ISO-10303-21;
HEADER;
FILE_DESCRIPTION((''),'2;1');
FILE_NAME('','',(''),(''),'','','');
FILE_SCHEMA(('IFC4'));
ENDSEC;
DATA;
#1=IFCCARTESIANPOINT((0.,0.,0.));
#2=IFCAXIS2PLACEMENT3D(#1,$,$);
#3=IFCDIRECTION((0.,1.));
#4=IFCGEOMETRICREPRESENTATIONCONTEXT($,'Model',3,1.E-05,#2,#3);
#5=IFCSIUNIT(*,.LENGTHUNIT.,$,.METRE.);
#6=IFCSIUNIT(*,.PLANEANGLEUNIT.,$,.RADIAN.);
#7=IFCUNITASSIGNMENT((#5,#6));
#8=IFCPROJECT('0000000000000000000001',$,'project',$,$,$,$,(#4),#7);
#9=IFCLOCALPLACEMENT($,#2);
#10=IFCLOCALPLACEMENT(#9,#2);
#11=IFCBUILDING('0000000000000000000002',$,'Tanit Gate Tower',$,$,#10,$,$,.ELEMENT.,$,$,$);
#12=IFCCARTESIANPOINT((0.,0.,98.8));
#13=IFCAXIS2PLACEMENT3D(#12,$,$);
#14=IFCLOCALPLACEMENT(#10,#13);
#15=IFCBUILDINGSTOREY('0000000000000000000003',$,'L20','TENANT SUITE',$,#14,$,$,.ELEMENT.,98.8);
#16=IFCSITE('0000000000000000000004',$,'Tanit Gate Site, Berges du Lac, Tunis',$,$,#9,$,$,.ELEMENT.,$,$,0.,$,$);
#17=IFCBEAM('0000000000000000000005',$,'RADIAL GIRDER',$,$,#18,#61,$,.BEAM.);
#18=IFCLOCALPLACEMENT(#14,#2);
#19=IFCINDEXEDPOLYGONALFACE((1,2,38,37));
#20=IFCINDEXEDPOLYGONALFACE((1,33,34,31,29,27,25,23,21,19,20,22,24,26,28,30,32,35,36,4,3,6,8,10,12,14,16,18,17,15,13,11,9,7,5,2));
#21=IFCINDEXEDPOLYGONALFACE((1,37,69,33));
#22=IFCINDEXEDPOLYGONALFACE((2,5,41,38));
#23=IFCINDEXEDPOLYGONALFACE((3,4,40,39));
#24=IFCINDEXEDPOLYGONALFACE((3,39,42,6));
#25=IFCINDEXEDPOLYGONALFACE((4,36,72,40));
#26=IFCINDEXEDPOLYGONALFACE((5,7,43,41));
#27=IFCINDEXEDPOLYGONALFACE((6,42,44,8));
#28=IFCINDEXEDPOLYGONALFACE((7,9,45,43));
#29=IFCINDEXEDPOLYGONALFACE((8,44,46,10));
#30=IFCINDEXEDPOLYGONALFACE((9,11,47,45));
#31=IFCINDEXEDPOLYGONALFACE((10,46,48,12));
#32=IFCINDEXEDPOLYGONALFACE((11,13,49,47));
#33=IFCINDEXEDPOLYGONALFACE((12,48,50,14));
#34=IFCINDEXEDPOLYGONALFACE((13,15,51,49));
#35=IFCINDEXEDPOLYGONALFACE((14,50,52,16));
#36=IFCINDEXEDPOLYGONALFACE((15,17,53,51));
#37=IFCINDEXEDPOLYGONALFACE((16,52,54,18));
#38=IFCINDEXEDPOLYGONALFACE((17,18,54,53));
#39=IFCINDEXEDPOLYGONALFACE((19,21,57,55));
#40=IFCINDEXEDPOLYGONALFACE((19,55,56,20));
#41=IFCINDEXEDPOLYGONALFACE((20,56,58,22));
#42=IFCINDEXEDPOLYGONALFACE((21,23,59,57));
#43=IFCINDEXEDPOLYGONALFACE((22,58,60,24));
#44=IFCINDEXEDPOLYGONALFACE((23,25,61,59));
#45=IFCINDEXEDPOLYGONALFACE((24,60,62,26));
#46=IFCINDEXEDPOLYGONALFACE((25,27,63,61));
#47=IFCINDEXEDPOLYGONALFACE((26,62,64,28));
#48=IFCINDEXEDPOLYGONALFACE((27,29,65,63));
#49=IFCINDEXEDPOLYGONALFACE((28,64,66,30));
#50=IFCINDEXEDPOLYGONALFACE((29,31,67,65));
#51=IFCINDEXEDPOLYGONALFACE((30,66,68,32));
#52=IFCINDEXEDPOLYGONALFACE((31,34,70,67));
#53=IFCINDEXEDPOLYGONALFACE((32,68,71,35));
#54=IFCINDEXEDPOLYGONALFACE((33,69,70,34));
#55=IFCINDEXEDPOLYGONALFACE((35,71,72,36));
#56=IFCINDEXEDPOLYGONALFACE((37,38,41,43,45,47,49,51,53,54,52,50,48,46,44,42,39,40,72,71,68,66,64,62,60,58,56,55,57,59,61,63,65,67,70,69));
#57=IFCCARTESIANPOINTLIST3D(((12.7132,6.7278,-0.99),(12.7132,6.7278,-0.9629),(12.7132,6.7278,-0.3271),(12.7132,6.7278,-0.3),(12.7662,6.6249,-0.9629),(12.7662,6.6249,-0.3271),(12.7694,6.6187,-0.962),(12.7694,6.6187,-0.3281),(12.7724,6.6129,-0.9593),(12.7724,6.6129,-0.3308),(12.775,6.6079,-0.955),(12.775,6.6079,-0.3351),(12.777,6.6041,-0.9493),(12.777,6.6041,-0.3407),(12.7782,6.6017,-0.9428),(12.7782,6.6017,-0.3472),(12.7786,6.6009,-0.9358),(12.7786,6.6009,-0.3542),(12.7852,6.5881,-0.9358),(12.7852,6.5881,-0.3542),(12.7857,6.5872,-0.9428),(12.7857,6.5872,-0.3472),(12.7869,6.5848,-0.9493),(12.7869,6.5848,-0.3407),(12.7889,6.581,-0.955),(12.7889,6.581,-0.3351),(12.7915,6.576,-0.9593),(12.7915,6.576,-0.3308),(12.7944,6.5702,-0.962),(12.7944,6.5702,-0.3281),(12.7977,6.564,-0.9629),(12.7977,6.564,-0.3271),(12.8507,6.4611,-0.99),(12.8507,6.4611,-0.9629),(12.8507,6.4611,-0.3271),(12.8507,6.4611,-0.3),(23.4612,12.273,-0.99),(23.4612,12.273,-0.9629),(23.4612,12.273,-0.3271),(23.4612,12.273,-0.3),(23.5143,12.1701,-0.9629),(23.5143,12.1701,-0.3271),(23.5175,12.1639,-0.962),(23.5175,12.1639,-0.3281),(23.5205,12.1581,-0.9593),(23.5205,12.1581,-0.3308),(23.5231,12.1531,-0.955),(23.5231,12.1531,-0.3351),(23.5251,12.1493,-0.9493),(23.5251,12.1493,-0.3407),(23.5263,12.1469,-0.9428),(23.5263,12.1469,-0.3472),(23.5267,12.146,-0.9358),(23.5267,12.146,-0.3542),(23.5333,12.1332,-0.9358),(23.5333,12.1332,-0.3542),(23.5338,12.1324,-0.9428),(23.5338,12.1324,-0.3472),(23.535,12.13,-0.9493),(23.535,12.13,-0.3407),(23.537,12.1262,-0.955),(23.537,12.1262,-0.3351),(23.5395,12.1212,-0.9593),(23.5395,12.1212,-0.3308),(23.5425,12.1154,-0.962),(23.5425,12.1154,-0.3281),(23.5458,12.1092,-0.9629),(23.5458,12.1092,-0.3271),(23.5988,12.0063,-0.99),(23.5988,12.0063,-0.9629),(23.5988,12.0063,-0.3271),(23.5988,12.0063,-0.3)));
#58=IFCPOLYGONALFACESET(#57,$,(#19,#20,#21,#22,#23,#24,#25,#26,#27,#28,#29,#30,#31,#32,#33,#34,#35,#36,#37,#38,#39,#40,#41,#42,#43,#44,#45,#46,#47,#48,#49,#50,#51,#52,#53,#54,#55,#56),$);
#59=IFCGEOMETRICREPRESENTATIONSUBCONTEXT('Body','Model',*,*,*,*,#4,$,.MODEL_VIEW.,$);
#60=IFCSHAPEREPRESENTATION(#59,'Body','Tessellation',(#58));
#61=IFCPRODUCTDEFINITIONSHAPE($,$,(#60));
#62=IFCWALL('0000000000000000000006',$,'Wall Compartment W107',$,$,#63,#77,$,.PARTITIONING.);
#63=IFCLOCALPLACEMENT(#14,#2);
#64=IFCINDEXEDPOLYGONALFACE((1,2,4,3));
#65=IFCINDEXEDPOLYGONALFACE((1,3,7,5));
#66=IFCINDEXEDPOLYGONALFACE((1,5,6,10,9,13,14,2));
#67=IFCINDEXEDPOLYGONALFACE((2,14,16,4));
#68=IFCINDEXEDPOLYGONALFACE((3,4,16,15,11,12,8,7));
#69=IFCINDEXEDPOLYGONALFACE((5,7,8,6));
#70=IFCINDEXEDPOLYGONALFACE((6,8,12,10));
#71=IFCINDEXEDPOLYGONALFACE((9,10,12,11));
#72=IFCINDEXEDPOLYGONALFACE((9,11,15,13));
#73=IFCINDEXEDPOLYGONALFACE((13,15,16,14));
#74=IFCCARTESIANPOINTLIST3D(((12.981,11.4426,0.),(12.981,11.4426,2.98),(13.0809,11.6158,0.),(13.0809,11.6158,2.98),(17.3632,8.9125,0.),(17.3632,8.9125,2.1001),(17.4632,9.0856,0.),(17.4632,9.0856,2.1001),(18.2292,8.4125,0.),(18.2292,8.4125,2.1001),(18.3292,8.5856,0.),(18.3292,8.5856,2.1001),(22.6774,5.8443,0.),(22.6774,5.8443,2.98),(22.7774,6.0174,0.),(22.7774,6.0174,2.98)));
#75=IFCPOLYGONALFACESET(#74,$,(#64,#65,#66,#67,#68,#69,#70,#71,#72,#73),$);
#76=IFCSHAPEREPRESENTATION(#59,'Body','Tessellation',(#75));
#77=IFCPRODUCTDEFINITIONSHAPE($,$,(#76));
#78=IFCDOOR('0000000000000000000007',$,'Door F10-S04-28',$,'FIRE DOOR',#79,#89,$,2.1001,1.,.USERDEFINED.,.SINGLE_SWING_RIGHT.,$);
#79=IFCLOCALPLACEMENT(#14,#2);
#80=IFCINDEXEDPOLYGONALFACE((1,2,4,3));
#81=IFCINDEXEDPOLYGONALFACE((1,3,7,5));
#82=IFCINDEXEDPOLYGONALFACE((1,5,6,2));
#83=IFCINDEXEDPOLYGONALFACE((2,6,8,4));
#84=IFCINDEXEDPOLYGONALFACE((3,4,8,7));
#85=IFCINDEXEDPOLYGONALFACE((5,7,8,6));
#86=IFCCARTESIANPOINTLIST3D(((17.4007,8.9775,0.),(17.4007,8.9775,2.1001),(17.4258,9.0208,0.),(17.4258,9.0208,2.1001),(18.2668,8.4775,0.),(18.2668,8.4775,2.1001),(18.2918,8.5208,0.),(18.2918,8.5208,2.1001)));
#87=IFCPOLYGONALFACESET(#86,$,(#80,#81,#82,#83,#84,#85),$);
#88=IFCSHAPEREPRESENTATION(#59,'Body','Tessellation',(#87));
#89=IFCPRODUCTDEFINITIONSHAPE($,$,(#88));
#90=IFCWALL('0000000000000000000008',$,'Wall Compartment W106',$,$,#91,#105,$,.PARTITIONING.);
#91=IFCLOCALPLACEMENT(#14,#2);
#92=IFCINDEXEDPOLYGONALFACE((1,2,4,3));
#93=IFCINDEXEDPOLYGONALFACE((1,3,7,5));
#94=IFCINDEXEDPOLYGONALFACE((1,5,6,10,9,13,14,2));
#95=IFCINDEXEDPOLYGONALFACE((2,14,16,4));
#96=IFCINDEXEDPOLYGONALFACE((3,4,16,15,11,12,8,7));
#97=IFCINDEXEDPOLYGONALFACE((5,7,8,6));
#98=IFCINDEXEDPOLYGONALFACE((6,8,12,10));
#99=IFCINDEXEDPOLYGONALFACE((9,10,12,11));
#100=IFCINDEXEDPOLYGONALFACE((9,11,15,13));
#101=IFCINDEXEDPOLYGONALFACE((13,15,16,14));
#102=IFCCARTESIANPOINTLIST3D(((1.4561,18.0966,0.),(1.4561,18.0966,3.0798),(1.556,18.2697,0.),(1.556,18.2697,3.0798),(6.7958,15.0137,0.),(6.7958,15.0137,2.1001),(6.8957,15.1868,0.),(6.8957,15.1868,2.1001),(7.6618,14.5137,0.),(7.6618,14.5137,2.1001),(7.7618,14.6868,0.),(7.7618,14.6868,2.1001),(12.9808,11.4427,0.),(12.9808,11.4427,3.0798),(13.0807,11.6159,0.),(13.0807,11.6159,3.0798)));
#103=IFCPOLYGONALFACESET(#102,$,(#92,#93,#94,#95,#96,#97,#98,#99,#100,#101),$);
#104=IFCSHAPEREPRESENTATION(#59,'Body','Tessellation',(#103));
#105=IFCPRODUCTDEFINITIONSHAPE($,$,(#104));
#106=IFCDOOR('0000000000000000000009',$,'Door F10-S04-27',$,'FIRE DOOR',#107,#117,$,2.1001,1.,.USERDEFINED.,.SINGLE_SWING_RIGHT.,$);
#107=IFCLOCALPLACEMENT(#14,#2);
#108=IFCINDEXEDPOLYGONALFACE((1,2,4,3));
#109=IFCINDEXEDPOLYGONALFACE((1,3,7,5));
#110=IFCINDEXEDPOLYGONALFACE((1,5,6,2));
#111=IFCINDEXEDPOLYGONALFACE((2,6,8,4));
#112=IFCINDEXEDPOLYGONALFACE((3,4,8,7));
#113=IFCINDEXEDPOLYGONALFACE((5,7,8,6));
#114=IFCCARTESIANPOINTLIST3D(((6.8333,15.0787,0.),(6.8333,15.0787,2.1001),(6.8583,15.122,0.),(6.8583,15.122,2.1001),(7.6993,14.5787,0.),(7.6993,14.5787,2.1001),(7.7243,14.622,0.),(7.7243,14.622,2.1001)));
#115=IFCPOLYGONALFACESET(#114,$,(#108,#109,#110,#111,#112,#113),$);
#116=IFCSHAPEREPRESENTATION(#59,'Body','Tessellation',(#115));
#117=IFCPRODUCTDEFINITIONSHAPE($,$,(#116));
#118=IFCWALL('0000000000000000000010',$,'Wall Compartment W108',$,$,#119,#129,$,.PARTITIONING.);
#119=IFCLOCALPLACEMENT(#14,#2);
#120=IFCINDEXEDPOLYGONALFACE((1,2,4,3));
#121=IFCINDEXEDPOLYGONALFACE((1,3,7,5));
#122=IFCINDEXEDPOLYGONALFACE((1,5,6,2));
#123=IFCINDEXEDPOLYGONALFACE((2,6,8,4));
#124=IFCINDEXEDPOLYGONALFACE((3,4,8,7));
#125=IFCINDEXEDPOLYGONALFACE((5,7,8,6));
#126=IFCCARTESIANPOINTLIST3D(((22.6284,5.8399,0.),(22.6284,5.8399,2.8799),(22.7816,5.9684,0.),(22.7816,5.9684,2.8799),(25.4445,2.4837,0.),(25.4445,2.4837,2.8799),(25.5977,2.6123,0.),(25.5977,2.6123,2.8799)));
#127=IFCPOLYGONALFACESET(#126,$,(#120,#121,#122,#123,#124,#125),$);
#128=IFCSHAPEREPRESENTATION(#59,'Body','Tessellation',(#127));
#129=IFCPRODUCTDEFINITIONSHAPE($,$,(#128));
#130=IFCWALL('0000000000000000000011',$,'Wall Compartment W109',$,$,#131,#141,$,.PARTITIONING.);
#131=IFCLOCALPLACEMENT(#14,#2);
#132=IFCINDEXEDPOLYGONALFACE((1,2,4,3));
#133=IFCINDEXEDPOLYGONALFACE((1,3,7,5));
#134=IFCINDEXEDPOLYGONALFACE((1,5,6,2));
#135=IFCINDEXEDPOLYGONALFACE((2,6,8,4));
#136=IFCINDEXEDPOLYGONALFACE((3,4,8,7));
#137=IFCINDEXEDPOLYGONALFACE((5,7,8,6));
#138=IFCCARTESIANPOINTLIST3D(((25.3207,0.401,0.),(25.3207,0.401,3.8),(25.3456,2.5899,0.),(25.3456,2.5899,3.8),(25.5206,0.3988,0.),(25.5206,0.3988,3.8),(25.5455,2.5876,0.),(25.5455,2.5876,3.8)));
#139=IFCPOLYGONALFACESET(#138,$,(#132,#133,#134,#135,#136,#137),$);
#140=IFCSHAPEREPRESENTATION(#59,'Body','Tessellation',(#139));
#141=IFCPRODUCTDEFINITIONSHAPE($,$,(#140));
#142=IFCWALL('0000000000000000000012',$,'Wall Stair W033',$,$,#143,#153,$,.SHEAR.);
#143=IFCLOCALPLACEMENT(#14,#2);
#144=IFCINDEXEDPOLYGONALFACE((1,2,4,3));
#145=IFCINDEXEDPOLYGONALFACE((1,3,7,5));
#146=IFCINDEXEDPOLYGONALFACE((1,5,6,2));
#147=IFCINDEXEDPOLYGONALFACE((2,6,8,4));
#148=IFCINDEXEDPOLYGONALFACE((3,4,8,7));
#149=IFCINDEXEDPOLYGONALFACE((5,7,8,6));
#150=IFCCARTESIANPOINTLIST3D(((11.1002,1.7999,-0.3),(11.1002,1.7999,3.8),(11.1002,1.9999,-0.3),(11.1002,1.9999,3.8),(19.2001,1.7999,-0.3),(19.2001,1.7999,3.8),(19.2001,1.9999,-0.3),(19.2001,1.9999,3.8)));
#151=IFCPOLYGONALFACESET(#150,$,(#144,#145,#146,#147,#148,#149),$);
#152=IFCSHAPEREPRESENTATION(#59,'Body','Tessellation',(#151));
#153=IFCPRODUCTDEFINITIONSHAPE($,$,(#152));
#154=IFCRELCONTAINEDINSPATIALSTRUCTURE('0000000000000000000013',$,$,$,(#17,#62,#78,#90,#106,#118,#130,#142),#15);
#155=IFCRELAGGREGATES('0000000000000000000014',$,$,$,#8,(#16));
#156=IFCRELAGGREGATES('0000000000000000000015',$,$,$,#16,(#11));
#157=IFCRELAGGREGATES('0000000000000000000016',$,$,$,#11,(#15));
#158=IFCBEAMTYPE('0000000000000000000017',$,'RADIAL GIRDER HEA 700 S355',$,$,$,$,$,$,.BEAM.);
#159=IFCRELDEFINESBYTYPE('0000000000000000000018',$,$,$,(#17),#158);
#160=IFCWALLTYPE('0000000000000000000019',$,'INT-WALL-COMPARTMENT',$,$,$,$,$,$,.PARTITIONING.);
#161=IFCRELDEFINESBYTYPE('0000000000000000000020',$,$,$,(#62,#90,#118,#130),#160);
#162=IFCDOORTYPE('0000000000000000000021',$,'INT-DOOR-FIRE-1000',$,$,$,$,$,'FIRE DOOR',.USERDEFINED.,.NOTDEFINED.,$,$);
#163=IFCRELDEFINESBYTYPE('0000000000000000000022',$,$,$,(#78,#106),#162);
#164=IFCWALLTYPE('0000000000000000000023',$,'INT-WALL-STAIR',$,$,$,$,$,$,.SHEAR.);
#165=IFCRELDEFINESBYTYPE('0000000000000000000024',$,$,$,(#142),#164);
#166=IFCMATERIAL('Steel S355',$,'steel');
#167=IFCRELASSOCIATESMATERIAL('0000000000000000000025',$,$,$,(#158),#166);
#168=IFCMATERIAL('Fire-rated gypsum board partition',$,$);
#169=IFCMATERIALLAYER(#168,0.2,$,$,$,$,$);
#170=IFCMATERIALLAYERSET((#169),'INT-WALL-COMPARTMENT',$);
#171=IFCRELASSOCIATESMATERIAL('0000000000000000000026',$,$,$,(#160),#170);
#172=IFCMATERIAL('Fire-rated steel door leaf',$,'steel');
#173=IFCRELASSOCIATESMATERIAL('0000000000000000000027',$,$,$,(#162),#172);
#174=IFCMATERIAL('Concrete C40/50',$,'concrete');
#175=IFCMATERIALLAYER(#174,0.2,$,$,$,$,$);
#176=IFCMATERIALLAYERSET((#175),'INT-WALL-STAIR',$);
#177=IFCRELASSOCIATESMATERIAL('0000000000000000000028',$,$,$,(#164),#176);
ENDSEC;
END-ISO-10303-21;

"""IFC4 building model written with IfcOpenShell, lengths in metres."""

from ifc_helpers import new_model, si_unit, direction, frame, frame_2d, origin, origin_2d, place, context, subcontext, project, spatial, rectangle, i_section, extrude, material, layer, layer_set, material_profile, profile_set, type_object, element, fill, save


model = new_model("IFC4")

# Units and contexts
model_context = context("Model", 3, precision=1e-05, world=origin(), true_north=direction((0.0, 1.0)))
body_context = subcontext(model_context, "Body", "Model", "MODEL_VIEW")
ifc_project = project(units=[si_unit("LENGTHUNIT", "METRE"), si_unit("PLANEANGLEUNIT", "RADIAN")], contexts=[model_context])

# Site, building, storey
site_placement = place(None, origin())
site = spatial("IfcSite", under=ifc_project, at=site_placement, Name="Tanit Gate Site, Berges du Lac, Tunis", CompositionType="ELEMENT", RefElevation=0.0)
building_placement = place(site_placement, origin())
building = spatial("IfcBuilding", under=site, at=building_placement, Name="Tanit Gate Tower", CompositionType="ELEMENT")
storey_placement = place(building_placement, frame((0.0, 0.0, 98.8)))
storey = spatial("IfcBuildingStorey", under=building, at=storey_placement, Name="L20", Description="TENANT SUITE", CompositionType="ELEMENT", Elevation=98.8)

# Beam
ifc_material_1 = material(Name="Steel S355", Category="steel")
ifc_material_profile = material_profile(ifc_material_1, i_section(OverallWidth=0.3, OverallDepth=0.6899, WebThickness=0.0144, FlangeThickness=0.0271, FilletRadius=0.0271, at=origin_2d()), Name="HEA 700")
ifc_profile_set = profile_set([ifc_material_profile], Name="Steel S355")
beam_type = type_object("IfcBeamType", Name="RADIAL GIRDER HEA 700 S355", PredefinedType="BEAM", material=ifc_profile_set)
beam_placement = place(storey_placement, frame((23.53, 12.1396, -0.645), z_axis=(-0.888695, -0.458498, 0.0), x_axis=(0.458498, -0.888695, 0.0)))
element("IfcBeam", 1, at=beam_placement, inside=storey, type_object=beam_type, Name="RADIAL GIRDER", PredefinedType="BEAM", context=body_context, shape_type="SweptSolid", body=[
    extrude(i_section(OverallWidth=0.3, OverallDepth=0.6899, WebThickness=0.0144, FlangeThickness=0.0271, FilletRadius=0.0271, at=origin_2d()), origin(), (0.0, 0.0, 1.0), 12.0942),
])

# Walls, openings, doors
ifc_material_2 = material(Name="Fire-rated gypsum board partition")
ifc_layer_1 = layer(ifc_material_2, 0.2)
ifc_layer_set_1 = layer_set([ifc_layer_1], Name="INT-WALL-COMPARTMENT")
wall_type_1 = type_object("IfcWallType", Name="INT-WALL-COMPARTMENT", PredefinedType="PARTITIONING", material=ifc_layer_set_1)
wall_1_placement = place(storey_placement, frame((22.7273, 5.9309, 0.0), z_axis=(0.0, 0.0, 1.0), x_axis=(-0.866022, 0.500006, 0.0)))
wall_1 = element("IfcWall", 2, at=wall_1_placement, inside=storey, type_object=wall_type_1, Name="Wall Compartment W107", PredefinedType="PARTITIONING", context=body_context, shape_type="SweptSolid", body=[
    extrude(rectangle(XDim=11.1965, YDim=0.2, at=frame_2d((5.5981, 0.0))), origin(), (0.0, 0.0, 1.0), 2.98),
])
opening_1_placement = place(wall_1_placement, frame((5.1362, 0.0, 0.0)))
opening_1 = element("IfcOpeningElement", 3, at=opening_1_placement, cuts=wall_1, PredefinedType="OPENING", context=body_context, shape_type="SweptSolid", body=[
    extrude(rectangle(XDim=1.0, YDim=2.1001, at=frame_2d((0.5, 1.05))), frame((0.0, 0.1099, 0.0), z_axis=(0.0, -1.0, 0.0), x_axis=(1.0, 0.0, 0.0)), (0.0, 0.0, 1.0), 0.22),
])
ifc_material_3 = material(Name="Fire-rated steel door leaf", Category="steel")
door_type_1 = type_object("IfcDoorType", Name="INT-DOOR-FIRE-1000", ElementType="FIRE DOOR", OperationType="NOTDEFINED", PredefinedType="USERDEFINED", material=ifc_material_3)
door_1_placement = place(opening_1_placement, origin())
door_1 = element("IfcDoor", 4, at=door_1_placement, inside=storey, type_object=door_type_1, Name="Door F10-S04-28", ObjectType="FIRE DOOR", OperationType="SINGLE_SWING_RIGHT", OverallHeight=2.1001, OverallWidth=1.0, PredefinedType="USERDEFINED", context=body_context, shape_type="SweptSolid", body=[
    extrude(rectangle(XDim=1.0, YDim=2.1001, at=frame_2d((0.5, 1.05))), frame((0.0, 0.0249, 0.0), z_axis=(0.0, -1.0, 0.0), x_axis=(1.0, 0.0, 0.0)), (0.0, 0.0, 1.0), 0.05),
])
fill(opening_1, door_1)
wall_2_placement = place(storey_placement, frame((13.0308, 11.5293, 0.0), z_axis=(0.0, 0.0, 1.0), x_axis=(-0.866024, 0.500002, 0.0)))
wall_2 = element("IfcWall", 5, at=wall_2_placement, inside=storey, type_object=wall_type_1, Name="Wall Compartment W106", PredefinedType="PARTITIONING", context=body_context, shape_type="SweptSolid", body=[
    extrude(rectangle(XDim=13.3076, YDim=0.2, at=frame_2d((6.6538, 0.0))), origin(), (0.0, 0.0, 1.0), 3.0798),
])
opening_2_placement = place(wall_2_placement, frame((6.1418, 0.0, 0.0)))
opening_2 = element("IfcOpeningElement", 6, at=opening_2_placement, cuts=wall_2, PredefinedType="OPENING", context=body_context, shape_type="SweptSolid", body=[
    extrude(rectangle(XDim=1.0, YDim=2.1001, at=frame_2d((0.5, 1.05))), frame((0.0, 0.1099, 0.0), z_axis=(0.0, -1.0, 0.0), x_axis=(1.0, 0.0, 0.0)), (0.0, 0.0, 1.0), 0.22),
])
door_2_placement = place(opening_2_placement, origin())
door_2 = element("IfcDoor", 7, at=door_2_placement, inside=storey, type_object=door_type_1, Name="Door F10-S04-27", ObjectType="FIRE DOOR", OperationType="SINGLE_SWING_RIGHT", OverallHeight=2.1001, OverallWidth=1.0, PredefinedType="USERDEFINED", context=body_context, shape_type="SweptSolid", body=[
    extrude(rectangle(XDim=1.0, YDim=2.1001, at=frame_2d((0.5, 1.05))), frame((0.0, 0.0249, 0.0), z_axis=(0.0, -1.0, 0.0), x_axis=(1.0, 0.0, 0.0)), (0.0, 0.0, 1.0), 0.05),
])
fill(opening_2, door_2)

# Walls
wall_3_placement = place(storey_placement, frame((25.521, 2.5481, 0.0), z_axis=(0.0, 0.0, 1.0), x_axis=(-0.642784, 0.766047, 0.0)))
element("IfcWall", 8, at=wall_3_placement, inside=storey, type_object=wall_type_1, Name="Wall Compartment W108", PredefinedType="PARTITIONING", context=body_context, shape_type="SweptSolid", body=[
    extrude(rectangle(XDim=4.3811, YDim=0.2, at=frame_2d((2.1904, 0.0))), origin(), (0.0, 0.0, 1.0), 2.8799),
])
wall_4_placement = place(storey_placement, frame((25.4207, 0.3999, 0.0), z_axis=(0.0, 0.0, 1.0), x_axis=(0.011377, 0.999935, 0.0)))
element("IfcWall", 9, at=wall_4_placement, inside=storey, type_object=wall_type_1, Name="Wall Compartment W109", PredefinedType="PARTITIONING", context=body_context, shape_type="SweptSolid", body=[
    extrude(rectangle(XDim=2.189, YDim=0.2, at=frame_2d((1.0945, 0.0))), origin(), (0.0, 0.0, 1.0), 3.8),
])
ifc_material_4 = material(Name="Concrete C40/50", Category="concrete")
ifc_layer_2 = layer(ifc_material_4, 0.2)
ifc_layer_set_2 = layer_set([ifc_layer_2], Name="INT-WALL-STAIR")
wall_type_2 = type_object("IfcWallType", Name="INT-WALL-STAIR", PredefinedType="SHEAR", material=ifc_layer_set_2)
wall_5_placement = place(storey_placement, frame((19.2, 1.8999, -0.3), z_axis=(0.0, 0.0, 1.0), x_axis=(-1.0, 0.0, 0.0)))
element("IfcWall", 10, at=wall_5_placement, inside=storey, type_object=wall_type_2, Name="Wall Stair W033", PredefinedType="SHEAR", context=body_context, shape_type="SweptSolid", body=[
    extrude(rectangle(XDim=8.0999, YDim=0.2, at=frame_2d((4.0498, 0.0))), origin(), (0.0, 0.0, 1.0), 4.1001),
])

save(model, "model.ifc")
